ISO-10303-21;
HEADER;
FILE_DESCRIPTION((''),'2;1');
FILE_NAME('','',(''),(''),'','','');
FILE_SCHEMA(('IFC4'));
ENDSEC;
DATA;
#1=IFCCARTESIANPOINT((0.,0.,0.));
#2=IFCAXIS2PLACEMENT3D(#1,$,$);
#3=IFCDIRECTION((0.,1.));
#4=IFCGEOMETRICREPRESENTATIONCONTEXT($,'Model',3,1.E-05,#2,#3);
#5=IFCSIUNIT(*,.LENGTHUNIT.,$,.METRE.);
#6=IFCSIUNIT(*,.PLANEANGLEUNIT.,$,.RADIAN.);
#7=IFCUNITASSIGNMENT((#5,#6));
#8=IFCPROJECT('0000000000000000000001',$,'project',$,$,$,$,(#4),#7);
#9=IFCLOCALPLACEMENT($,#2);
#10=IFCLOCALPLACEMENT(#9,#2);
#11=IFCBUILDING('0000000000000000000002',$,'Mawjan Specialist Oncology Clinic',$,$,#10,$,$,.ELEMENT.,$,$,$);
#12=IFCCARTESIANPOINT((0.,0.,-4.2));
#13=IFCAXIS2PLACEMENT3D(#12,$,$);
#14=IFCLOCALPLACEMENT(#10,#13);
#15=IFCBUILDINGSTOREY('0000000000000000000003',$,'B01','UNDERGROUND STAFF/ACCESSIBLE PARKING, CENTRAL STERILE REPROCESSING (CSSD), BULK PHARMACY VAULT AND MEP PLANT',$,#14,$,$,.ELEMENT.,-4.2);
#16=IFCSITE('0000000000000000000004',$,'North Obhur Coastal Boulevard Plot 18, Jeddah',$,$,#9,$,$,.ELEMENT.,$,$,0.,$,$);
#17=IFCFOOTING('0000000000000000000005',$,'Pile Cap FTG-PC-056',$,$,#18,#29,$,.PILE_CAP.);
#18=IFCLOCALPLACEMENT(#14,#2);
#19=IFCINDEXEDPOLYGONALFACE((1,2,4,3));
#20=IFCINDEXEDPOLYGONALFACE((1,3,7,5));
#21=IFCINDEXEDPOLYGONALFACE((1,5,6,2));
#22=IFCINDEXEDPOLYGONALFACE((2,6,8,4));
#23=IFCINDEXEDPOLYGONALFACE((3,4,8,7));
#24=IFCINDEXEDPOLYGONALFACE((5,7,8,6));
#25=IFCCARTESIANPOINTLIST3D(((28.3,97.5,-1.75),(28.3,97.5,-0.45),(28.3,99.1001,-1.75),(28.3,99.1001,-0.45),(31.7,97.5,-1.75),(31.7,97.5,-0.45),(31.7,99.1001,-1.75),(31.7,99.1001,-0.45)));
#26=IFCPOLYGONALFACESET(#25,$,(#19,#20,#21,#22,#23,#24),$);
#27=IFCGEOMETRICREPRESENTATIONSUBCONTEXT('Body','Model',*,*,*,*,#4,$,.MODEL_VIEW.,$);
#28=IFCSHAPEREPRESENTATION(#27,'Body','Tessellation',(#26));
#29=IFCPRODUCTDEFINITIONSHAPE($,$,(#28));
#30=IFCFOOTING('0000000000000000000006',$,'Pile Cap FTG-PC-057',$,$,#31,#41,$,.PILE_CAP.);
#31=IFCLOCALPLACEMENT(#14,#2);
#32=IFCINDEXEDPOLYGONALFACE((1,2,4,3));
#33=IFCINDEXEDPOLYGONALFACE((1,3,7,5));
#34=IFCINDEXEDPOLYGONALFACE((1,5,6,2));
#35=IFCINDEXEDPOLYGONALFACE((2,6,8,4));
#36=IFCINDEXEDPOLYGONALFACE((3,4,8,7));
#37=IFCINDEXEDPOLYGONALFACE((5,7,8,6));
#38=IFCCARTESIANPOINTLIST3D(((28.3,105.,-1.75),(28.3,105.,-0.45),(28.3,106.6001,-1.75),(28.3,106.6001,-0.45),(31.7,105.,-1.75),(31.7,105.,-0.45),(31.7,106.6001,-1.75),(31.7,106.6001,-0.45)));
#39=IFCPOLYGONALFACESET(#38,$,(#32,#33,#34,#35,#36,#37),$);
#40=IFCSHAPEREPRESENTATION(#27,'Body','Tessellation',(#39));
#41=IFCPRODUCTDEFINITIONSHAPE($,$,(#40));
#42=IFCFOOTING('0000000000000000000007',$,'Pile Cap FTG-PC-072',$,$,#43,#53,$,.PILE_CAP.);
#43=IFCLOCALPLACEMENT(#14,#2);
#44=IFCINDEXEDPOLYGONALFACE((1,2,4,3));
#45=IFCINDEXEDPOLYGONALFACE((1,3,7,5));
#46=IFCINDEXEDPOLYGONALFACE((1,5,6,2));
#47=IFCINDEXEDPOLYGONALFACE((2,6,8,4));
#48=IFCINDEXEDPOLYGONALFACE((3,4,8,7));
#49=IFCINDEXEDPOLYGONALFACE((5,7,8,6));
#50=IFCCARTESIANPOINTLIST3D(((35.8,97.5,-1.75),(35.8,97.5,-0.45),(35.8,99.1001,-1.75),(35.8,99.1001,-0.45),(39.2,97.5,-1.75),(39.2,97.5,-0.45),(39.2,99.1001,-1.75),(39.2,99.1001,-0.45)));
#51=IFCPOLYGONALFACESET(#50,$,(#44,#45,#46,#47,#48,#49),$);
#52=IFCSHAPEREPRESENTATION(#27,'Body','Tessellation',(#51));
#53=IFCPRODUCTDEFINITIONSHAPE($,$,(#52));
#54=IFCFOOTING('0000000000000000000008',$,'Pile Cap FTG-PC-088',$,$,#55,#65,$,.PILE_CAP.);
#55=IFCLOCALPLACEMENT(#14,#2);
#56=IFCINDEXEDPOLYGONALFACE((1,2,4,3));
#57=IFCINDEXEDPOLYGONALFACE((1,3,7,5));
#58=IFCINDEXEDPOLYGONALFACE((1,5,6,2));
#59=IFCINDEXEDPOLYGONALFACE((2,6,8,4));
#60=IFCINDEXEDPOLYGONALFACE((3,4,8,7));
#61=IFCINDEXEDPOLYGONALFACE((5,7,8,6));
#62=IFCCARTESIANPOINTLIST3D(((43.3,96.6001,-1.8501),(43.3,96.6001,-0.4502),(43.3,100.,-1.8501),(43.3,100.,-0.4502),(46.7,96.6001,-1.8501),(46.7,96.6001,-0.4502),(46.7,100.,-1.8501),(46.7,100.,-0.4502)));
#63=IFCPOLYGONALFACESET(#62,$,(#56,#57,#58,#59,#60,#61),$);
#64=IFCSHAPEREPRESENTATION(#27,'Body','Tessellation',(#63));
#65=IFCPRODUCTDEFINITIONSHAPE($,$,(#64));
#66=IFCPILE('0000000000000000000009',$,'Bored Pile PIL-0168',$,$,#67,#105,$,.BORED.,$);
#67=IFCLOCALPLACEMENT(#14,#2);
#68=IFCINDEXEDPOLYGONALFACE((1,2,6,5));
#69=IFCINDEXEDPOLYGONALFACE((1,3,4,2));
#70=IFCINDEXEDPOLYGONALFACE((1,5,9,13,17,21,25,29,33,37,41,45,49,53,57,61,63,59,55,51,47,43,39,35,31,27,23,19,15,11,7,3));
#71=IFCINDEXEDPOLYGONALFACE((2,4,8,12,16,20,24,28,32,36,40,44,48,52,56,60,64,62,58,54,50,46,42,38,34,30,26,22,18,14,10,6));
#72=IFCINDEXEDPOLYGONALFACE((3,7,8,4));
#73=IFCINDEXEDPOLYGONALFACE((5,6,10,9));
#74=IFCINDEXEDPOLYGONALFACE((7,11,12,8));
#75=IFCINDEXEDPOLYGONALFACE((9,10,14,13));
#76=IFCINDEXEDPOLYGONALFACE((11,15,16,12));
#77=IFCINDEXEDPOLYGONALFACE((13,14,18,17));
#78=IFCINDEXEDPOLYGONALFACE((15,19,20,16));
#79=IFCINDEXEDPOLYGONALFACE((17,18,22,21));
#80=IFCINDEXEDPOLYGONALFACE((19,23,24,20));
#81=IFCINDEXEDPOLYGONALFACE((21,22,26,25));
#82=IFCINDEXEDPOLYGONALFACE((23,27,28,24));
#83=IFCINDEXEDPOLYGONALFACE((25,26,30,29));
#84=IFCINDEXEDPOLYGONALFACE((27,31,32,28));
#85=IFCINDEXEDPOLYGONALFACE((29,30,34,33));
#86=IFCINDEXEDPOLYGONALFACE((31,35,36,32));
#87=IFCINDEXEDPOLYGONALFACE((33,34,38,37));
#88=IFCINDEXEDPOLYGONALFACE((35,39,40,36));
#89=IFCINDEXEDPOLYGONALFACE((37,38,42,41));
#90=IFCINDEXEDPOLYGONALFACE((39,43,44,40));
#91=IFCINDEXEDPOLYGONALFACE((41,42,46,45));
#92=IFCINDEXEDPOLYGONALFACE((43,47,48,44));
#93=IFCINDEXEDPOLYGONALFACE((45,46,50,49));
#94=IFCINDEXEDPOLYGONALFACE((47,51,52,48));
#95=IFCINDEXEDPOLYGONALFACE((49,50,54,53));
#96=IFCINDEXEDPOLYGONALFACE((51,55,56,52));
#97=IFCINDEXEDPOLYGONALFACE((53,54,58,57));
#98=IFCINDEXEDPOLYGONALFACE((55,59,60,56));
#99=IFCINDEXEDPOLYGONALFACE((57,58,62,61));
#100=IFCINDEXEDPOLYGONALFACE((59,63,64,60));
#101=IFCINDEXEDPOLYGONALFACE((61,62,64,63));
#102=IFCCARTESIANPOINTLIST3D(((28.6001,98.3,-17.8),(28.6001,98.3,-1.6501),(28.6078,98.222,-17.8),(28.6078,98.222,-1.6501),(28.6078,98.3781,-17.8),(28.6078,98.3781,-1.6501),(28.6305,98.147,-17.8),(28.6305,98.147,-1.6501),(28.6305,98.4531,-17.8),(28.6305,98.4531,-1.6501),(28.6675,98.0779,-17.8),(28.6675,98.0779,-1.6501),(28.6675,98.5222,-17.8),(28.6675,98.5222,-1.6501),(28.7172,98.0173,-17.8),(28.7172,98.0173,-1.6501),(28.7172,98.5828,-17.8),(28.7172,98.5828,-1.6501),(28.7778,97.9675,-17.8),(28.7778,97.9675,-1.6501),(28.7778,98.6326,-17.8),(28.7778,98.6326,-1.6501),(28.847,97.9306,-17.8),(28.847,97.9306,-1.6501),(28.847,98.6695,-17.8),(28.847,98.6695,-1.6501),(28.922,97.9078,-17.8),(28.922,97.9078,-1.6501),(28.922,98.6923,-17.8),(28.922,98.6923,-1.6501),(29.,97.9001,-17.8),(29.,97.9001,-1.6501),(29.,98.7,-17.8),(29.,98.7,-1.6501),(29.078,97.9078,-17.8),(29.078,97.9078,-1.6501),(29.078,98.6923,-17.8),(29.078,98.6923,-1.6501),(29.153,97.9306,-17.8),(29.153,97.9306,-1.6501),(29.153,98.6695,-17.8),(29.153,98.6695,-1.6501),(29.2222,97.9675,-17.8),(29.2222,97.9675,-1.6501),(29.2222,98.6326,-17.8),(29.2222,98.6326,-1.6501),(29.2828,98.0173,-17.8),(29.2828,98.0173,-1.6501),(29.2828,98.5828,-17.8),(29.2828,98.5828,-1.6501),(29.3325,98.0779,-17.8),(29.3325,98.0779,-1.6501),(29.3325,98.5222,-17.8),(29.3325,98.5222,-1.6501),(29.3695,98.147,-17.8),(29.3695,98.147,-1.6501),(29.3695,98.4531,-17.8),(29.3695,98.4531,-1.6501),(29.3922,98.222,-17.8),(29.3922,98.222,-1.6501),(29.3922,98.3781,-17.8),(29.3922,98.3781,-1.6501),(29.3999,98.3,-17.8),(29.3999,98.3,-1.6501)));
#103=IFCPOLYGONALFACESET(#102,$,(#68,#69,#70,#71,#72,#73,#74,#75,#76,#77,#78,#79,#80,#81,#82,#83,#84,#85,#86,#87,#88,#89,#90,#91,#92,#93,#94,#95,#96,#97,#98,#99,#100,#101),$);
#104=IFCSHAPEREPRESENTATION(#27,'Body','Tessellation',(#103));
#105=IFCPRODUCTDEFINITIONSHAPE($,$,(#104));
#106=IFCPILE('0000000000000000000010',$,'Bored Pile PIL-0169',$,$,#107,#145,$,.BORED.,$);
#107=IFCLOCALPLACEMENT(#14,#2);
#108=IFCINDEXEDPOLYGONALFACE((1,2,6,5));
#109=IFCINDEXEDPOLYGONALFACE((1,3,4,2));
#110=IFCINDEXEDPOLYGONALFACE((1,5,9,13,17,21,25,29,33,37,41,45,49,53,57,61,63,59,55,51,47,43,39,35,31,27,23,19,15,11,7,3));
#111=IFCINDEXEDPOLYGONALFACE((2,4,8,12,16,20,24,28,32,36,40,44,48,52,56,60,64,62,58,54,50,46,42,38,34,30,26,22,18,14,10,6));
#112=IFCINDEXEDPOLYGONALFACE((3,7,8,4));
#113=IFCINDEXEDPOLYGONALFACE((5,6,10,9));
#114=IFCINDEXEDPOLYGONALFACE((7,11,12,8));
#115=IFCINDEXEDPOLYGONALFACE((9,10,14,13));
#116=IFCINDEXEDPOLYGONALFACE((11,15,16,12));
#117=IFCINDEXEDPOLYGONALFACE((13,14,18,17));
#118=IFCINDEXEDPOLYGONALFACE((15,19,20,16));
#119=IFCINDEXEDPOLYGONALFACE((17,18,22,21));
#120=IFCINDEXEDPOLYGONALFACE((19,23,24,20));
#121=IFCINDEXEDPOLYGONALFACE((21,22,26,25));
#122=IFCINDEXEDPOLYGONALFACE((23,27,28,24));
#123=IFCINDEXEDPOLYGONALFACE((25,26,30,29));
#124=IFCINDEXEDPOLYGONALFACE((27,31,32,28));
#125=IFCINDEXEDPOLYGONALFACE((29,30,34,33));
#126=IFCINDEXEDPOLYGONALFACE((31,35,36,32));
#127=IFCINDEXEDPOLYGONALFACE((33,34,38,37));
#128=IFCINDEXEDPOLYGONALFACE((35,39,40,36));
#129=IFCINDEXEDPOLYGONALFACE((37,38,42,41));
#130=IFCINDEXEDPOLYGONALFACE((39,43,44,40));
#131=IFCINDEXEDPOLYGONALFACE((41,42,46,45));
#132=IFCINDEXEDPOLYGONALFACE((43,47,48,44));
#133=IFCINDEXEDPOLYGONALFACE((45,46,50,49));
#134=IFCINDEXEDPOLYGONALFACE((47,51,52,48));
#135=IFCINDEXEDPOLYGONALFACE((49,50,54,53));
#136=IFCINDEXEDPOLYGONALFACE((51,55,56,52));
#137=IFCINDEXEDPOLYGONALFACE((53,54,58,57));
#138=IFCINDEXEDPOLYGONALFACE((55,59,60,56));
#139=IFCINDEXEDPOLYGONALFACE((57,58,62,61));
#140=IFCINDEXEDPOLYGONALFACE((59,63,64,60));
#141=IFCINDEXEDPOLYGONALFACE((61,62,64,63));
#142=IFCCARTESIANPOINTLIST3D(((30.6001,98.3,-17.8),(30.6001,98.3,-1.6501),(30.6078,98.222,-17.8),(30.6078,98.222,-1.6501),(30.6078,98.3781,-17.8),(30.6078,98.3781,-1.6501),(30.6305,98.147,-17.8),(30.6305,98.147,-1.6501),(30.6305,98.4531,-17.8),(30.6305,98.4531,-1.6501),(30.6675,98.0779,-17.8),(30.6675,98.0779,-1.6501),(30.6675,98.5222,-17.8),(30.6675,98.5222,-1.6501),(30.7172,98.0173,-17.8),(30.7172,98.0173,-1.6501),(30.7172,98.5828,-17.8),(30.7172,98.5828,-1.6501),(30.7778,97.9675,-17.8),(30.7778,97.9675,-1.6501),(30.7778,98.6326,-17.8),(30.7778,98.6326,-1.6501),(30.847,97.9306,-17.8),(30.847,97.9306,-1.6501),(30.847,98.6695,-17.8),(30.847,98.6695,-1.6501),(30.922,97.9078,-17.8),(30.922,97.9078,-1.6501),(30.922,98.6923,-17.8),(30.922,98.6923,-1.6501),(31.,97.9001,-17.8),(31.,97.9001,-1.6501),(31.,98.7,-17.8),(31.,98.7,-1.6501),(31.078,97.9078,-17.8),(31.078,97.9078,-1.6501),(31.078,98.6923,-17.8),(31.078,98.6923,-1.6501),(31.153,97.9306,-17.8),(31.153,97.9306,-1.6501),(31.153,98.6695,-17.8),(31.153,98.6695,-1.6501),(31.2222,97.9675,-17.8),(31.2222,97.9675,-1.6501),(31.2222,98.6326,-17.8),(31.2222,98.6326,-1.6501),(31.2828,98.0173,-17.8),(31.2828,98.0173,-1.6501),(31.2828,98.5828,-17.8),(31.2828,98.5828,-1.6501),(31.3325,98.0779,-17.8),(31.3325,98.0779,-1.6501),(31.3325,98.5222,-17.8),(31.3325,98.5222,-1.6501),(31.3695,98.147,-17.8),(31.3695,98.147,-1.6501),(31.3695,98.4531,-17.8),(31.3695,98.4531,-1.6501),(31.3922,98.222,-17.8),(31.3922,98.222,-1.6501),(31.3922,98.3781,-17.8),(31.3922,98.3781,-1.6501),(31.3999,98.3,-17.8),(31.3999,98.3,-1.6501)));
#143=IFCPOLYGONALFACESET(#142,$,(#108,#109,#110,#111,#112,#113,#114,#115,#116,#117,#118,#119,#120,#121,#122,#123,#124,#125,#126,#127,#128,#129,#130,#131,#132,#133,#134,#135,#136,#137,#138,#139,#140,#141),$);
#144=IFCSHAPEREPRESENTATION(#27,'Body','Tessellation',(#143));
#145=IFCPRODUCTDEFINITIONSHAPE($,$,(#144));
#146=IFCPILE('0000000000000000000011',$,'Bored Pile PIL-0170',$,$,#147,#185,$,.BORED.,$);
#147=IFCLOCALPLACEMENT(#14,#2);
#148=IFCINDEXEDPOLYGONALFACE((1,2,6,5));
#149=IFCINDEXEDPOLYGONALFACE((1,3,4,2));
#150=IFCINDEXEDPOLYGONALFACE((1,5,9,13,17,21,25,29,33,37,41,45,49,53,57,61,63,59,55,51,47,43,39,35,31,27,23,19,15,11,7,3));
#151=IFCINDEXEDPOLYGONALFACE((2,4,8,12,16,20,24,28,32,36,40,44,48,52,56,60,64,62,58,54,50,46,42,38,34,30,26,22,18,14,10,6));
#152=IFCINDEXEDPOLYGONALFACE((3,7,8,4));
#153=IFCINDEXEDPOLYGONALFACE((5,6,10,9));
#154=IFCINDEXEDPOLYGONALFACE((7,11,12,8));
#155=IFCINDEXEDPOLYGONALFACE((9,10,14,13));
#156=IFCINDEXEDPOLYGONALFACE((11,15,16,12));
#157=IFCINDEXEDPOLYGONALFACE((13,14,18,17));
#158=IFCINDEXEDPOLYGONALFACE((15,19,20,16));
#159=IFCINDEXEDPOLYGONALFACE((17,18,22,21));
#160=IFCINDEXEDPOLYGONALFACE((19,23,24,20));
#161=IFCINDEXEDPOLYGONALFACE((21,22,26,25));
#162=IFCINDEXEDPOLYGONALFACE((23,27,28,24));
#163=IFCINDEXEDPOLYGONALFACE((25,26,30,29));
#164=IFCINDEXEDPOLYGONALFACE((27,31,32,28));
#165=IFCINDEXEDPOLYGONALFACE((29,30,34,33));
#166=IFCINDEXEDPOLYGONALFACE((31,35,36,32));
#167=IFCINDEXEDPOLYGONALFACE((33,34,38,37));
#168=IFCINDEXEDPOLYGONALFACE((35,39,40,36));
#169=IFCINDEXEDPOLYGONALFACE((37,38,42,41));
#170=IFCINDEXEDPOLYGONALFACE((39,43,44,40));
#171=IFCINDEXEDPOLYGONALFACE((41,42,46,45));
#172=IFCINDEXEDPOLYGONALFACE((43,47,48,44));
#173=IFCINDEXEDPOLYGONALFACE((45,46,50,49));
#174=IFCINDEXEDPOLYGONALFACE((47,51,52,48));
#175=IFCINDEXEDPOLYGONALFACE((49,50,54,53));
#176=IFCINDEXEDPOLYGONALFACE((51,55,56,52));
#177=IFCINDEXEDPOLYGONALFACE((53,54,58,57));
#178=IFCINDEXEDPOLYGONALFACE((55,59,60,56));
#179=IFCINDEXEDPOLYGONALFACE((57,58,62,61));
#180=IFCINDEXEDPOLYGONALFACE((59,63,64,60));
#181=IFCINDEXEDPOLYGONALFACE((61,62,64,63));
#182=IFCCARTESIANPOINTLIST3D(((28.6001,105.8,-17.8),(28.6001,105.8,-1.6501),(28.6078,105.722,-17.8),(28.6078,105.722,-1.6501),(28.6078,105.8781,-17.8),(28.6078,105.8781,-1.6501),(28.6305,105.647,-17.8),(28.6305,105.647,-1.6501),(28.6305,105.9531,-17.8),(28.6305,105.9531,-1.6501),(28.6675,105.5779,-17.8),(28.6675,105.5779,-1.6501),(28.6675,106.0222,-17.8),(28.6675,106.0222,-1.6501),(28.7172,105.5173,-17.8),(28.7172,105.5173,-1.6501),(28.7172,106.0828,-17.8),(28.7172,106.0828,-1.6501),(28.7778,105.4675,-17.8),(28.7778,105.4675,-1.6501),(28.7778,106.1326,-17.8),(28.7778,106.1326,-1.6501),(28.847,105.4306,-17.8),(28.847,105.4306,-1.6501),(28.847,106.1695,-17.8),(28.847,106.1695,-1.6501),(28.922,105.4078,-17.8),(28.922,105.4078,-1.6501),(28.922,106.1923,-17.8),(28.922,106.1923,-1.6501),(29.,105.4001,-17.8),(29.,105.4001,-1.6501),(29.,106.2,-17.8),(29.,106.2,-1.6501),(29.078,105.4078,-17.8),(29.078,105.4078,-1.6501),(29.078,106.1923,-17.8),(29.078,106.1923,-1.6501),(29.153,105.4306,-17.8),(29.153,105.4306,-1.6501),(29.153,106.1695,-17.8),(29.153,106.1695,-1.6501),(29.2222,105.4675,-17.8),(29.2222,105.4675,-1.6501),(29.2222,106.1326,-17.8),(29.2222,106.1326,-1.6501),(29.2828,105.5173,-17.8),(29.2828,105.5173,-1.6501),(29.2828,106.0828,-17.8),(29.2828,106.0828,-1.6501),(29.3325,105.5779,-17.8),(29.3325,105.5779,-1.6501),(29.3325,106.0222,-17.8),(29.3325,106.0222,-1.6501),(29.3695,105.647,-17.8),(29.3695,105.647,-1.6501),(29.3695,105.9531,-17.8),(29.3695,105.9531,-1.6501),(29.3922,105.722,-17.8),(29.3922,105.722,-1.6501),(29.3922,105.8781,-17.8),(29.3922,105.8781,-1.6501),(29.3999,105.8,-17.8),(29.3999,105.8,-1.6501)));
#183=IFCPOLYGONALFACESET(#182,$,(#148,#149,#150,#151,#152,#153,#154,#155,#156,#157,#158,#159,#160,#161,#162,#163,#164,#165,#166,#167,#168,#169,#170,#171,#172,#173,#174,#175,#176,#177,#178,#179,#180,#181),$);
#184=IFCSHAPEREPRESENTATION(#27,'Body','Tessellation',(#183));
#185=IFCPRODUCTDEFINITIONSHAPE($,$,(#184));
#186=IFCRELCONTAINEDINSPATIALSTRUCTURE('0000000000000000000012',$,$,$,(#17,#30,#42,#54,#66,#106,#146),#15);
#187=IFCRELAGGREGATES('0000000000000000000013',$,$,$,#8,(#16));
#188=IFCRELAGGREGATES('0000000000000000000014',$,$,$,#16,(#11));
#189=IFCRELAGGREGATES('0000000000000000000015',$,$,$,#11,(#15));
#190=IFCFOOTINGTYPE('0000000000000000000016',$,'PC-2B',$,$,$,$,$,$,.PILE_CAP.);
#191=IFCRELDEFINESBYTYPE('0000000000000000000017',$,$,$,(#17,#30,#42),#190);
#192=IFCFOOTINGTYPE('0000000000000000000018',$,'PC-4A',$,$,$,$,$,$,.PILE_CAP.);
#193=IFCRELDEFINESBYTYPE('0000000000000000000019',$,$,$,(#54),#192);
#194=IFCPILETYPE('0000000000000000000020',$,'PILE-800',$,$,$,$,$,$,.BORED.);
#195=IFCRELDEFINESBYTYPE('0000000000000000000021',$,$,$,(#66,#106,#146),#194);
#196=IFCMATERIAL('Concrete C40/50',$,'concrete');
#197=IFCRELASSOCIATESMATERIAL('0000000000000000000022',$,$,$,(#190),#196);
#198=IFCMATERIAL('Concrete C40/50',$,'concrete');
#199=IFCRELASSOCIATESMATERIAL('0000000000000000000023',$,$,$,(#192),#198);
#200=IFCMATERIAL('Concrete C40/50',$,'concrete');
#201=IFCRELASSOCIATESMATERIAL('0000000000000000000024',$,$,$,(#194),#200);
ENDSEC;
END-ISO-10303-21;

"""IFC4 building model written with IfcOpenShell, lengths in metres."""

from ifc_helpers import new_model, si_unit, direction, frame, origin, origin_2d, place, context, subcontext, project, spatial, rectangle, circle, extrude, material, material_profile, profile_set, type_object, element, save


model = new_model("IFC4")

# Units and contexts
model_context = context("Model", 3, precision=1e-05, world=origin(), true_north=direction((0.0, 1.0)))
body_context = subcontext(model_context, "Body", "Model", "MODEL_VIEW")
ifc_project = project(units=[si_unit("LENGTHUNIT", "METRE"), si_unit("PLANEANGLEUNIT", "RADIAN")], contexts=[model_context])

# Site, building, storey
site_placement = place(None, origin())
site = spatial("IfcSite", under=ifc_project, at=site_placement, Name="North Obhur Coastal Boulevard Plot 18, Jeddah", CompositionType="ELEMENT", RefElevation=0.0)
building_placement = place(site_placement, origin())
building = spatial("IfcBuilding", under=site, at=building_placement, Name="Mawjan Specialist Oncology Clinic", CompositionType="ELEMENT")
storey_placement = place(building_placement, frame((0.0, 0.0, -4.2)))
storey = spatial("IfcBuildingStorey", under=building, at=storey_placement, Name="B01", Description="UNDERGROUND STAFF/ACCESSIBLE PARKING, CENTRAL STERILE REPROCESSING (CSSD), BULK PHARMACY VAULT AND MEP PLANT", CompositionType="ELEMENT", Elevation=-4.2)

# Footings
ifc_material_1 = material(Name="Concrete C40/50", Category="concrete")
footing_type_1 = type_object("IfcFootingType", Name="PC-2B", PredefinedType="PILE_CAP", material=ifc_material_1)
for number, where, z_axis, x_axis, name in (
    (1, (30.0, 98.3, -1.75), (0.0, 0.0, 1.0), (1.0, 0.0, 0.0), "Pile Cap FTG-PC-056"),
    (2, (30.0, 105.8, -1.75), (0.0, 0.0, 1.0), (1.0, 0.0, 0.0), "Pile Cap FTG-PC-057"),
    (3, (37.5, 98.3, -1.75), (0.0, 0.0, 1.0), (1.0, 0.0, 0.0), "Pile Cap FTG-PC-072"),
):
    element("IfcFooting", number, at=place(storey_placement, frame(where, z_axis=z_axis, x_axis=x_axis)), inside=storey, type_object=footing_type_1, Name=name, PredefinedType="PILE_CAP", context=body_context, shape_type="SweptSolid", body=[
        extrude(rectangle(XDim=3.3999, YDim=1.6001, at=origin_2d()), origin(), (0.0, 0.0, 1.0), 1.3),
    ])
ifc_material_2 = material(Name="Concrete C40/50", Category="concrete")
footing_type_2 = type_object("IfcFootingType", Name="PC-4A", PredefinedType="PILE_CAP", material=ifc_material_2)
footing_placement = place(storey_placement, frame((45.0, 98.3, -1.8501), z_axis=(0.0, 0.0, 1.0), x_axis=(1.0, 0.0, 0.0)))
element("IfcFooting", 4, at=footing_placement, inside=storey, type_object=footing_type_2, Name="Pile Cap FTG-PC-088", PredefinedType="PILE_CAP", context=body_context, shape_type="SweptSolid", body=[
    extrude(rectangle(XDim=3.3999, YDim=3.3999, at=origin_2d()), origin(), (0.0, 0.0, 1.0), 1.3999),
])

# Piles
ifc_material_3 = material(Name="Concrete C40/50", Category="concrete")
ifc_material_profile_1 = material_profile(ifc_material_3, circle(Radius=0.3999, at=origin_2d()), Name="BORED PILE D800", Category="concrete")
ifc_profile_set_1 = profile_set([ifc_material_profile_1], Name="Concrete C40/50")
pile_type = type_object("IfcPileType", Name="PILE-800", PredefinedType="BORED", material=ifc_profile_set_1)
for number, where, z_axis, x_axis, name in (
    (5, (29.0, 98.3, -1.6501), (0.0, 0.0, -1.0), (1.0, 0.0, 0.0), "Bored Pile PIL-0168"),
    (6, (31.0, 98.3, -1.6501), (0.0, 0.0, -1.0), (1.0, 0.0, 0.0), "Bored Pile PIL-0169"),
    (7, (29.0, 105.8, -1.6501), (0.0, 0.0, -1.0), (1.0, 0.0, 0.0), "Bored Pile PIL-0170"),
):
    element("IfcPile", number, at=place(storey_placement, frame(where, z_axis=z_axis, x_axis=x_axis)), inside=storey, type_object=pile_type, Name=name, PredefinedType="BORED", context=body_context, shape_type="SweptSolid", body=[
        extrude(circle(Radius=0.3999, at=origin_2d()), origin(), (0.0, 0.0, 1.0), 16.1499),
    ])

save(model, "model.ifc")
